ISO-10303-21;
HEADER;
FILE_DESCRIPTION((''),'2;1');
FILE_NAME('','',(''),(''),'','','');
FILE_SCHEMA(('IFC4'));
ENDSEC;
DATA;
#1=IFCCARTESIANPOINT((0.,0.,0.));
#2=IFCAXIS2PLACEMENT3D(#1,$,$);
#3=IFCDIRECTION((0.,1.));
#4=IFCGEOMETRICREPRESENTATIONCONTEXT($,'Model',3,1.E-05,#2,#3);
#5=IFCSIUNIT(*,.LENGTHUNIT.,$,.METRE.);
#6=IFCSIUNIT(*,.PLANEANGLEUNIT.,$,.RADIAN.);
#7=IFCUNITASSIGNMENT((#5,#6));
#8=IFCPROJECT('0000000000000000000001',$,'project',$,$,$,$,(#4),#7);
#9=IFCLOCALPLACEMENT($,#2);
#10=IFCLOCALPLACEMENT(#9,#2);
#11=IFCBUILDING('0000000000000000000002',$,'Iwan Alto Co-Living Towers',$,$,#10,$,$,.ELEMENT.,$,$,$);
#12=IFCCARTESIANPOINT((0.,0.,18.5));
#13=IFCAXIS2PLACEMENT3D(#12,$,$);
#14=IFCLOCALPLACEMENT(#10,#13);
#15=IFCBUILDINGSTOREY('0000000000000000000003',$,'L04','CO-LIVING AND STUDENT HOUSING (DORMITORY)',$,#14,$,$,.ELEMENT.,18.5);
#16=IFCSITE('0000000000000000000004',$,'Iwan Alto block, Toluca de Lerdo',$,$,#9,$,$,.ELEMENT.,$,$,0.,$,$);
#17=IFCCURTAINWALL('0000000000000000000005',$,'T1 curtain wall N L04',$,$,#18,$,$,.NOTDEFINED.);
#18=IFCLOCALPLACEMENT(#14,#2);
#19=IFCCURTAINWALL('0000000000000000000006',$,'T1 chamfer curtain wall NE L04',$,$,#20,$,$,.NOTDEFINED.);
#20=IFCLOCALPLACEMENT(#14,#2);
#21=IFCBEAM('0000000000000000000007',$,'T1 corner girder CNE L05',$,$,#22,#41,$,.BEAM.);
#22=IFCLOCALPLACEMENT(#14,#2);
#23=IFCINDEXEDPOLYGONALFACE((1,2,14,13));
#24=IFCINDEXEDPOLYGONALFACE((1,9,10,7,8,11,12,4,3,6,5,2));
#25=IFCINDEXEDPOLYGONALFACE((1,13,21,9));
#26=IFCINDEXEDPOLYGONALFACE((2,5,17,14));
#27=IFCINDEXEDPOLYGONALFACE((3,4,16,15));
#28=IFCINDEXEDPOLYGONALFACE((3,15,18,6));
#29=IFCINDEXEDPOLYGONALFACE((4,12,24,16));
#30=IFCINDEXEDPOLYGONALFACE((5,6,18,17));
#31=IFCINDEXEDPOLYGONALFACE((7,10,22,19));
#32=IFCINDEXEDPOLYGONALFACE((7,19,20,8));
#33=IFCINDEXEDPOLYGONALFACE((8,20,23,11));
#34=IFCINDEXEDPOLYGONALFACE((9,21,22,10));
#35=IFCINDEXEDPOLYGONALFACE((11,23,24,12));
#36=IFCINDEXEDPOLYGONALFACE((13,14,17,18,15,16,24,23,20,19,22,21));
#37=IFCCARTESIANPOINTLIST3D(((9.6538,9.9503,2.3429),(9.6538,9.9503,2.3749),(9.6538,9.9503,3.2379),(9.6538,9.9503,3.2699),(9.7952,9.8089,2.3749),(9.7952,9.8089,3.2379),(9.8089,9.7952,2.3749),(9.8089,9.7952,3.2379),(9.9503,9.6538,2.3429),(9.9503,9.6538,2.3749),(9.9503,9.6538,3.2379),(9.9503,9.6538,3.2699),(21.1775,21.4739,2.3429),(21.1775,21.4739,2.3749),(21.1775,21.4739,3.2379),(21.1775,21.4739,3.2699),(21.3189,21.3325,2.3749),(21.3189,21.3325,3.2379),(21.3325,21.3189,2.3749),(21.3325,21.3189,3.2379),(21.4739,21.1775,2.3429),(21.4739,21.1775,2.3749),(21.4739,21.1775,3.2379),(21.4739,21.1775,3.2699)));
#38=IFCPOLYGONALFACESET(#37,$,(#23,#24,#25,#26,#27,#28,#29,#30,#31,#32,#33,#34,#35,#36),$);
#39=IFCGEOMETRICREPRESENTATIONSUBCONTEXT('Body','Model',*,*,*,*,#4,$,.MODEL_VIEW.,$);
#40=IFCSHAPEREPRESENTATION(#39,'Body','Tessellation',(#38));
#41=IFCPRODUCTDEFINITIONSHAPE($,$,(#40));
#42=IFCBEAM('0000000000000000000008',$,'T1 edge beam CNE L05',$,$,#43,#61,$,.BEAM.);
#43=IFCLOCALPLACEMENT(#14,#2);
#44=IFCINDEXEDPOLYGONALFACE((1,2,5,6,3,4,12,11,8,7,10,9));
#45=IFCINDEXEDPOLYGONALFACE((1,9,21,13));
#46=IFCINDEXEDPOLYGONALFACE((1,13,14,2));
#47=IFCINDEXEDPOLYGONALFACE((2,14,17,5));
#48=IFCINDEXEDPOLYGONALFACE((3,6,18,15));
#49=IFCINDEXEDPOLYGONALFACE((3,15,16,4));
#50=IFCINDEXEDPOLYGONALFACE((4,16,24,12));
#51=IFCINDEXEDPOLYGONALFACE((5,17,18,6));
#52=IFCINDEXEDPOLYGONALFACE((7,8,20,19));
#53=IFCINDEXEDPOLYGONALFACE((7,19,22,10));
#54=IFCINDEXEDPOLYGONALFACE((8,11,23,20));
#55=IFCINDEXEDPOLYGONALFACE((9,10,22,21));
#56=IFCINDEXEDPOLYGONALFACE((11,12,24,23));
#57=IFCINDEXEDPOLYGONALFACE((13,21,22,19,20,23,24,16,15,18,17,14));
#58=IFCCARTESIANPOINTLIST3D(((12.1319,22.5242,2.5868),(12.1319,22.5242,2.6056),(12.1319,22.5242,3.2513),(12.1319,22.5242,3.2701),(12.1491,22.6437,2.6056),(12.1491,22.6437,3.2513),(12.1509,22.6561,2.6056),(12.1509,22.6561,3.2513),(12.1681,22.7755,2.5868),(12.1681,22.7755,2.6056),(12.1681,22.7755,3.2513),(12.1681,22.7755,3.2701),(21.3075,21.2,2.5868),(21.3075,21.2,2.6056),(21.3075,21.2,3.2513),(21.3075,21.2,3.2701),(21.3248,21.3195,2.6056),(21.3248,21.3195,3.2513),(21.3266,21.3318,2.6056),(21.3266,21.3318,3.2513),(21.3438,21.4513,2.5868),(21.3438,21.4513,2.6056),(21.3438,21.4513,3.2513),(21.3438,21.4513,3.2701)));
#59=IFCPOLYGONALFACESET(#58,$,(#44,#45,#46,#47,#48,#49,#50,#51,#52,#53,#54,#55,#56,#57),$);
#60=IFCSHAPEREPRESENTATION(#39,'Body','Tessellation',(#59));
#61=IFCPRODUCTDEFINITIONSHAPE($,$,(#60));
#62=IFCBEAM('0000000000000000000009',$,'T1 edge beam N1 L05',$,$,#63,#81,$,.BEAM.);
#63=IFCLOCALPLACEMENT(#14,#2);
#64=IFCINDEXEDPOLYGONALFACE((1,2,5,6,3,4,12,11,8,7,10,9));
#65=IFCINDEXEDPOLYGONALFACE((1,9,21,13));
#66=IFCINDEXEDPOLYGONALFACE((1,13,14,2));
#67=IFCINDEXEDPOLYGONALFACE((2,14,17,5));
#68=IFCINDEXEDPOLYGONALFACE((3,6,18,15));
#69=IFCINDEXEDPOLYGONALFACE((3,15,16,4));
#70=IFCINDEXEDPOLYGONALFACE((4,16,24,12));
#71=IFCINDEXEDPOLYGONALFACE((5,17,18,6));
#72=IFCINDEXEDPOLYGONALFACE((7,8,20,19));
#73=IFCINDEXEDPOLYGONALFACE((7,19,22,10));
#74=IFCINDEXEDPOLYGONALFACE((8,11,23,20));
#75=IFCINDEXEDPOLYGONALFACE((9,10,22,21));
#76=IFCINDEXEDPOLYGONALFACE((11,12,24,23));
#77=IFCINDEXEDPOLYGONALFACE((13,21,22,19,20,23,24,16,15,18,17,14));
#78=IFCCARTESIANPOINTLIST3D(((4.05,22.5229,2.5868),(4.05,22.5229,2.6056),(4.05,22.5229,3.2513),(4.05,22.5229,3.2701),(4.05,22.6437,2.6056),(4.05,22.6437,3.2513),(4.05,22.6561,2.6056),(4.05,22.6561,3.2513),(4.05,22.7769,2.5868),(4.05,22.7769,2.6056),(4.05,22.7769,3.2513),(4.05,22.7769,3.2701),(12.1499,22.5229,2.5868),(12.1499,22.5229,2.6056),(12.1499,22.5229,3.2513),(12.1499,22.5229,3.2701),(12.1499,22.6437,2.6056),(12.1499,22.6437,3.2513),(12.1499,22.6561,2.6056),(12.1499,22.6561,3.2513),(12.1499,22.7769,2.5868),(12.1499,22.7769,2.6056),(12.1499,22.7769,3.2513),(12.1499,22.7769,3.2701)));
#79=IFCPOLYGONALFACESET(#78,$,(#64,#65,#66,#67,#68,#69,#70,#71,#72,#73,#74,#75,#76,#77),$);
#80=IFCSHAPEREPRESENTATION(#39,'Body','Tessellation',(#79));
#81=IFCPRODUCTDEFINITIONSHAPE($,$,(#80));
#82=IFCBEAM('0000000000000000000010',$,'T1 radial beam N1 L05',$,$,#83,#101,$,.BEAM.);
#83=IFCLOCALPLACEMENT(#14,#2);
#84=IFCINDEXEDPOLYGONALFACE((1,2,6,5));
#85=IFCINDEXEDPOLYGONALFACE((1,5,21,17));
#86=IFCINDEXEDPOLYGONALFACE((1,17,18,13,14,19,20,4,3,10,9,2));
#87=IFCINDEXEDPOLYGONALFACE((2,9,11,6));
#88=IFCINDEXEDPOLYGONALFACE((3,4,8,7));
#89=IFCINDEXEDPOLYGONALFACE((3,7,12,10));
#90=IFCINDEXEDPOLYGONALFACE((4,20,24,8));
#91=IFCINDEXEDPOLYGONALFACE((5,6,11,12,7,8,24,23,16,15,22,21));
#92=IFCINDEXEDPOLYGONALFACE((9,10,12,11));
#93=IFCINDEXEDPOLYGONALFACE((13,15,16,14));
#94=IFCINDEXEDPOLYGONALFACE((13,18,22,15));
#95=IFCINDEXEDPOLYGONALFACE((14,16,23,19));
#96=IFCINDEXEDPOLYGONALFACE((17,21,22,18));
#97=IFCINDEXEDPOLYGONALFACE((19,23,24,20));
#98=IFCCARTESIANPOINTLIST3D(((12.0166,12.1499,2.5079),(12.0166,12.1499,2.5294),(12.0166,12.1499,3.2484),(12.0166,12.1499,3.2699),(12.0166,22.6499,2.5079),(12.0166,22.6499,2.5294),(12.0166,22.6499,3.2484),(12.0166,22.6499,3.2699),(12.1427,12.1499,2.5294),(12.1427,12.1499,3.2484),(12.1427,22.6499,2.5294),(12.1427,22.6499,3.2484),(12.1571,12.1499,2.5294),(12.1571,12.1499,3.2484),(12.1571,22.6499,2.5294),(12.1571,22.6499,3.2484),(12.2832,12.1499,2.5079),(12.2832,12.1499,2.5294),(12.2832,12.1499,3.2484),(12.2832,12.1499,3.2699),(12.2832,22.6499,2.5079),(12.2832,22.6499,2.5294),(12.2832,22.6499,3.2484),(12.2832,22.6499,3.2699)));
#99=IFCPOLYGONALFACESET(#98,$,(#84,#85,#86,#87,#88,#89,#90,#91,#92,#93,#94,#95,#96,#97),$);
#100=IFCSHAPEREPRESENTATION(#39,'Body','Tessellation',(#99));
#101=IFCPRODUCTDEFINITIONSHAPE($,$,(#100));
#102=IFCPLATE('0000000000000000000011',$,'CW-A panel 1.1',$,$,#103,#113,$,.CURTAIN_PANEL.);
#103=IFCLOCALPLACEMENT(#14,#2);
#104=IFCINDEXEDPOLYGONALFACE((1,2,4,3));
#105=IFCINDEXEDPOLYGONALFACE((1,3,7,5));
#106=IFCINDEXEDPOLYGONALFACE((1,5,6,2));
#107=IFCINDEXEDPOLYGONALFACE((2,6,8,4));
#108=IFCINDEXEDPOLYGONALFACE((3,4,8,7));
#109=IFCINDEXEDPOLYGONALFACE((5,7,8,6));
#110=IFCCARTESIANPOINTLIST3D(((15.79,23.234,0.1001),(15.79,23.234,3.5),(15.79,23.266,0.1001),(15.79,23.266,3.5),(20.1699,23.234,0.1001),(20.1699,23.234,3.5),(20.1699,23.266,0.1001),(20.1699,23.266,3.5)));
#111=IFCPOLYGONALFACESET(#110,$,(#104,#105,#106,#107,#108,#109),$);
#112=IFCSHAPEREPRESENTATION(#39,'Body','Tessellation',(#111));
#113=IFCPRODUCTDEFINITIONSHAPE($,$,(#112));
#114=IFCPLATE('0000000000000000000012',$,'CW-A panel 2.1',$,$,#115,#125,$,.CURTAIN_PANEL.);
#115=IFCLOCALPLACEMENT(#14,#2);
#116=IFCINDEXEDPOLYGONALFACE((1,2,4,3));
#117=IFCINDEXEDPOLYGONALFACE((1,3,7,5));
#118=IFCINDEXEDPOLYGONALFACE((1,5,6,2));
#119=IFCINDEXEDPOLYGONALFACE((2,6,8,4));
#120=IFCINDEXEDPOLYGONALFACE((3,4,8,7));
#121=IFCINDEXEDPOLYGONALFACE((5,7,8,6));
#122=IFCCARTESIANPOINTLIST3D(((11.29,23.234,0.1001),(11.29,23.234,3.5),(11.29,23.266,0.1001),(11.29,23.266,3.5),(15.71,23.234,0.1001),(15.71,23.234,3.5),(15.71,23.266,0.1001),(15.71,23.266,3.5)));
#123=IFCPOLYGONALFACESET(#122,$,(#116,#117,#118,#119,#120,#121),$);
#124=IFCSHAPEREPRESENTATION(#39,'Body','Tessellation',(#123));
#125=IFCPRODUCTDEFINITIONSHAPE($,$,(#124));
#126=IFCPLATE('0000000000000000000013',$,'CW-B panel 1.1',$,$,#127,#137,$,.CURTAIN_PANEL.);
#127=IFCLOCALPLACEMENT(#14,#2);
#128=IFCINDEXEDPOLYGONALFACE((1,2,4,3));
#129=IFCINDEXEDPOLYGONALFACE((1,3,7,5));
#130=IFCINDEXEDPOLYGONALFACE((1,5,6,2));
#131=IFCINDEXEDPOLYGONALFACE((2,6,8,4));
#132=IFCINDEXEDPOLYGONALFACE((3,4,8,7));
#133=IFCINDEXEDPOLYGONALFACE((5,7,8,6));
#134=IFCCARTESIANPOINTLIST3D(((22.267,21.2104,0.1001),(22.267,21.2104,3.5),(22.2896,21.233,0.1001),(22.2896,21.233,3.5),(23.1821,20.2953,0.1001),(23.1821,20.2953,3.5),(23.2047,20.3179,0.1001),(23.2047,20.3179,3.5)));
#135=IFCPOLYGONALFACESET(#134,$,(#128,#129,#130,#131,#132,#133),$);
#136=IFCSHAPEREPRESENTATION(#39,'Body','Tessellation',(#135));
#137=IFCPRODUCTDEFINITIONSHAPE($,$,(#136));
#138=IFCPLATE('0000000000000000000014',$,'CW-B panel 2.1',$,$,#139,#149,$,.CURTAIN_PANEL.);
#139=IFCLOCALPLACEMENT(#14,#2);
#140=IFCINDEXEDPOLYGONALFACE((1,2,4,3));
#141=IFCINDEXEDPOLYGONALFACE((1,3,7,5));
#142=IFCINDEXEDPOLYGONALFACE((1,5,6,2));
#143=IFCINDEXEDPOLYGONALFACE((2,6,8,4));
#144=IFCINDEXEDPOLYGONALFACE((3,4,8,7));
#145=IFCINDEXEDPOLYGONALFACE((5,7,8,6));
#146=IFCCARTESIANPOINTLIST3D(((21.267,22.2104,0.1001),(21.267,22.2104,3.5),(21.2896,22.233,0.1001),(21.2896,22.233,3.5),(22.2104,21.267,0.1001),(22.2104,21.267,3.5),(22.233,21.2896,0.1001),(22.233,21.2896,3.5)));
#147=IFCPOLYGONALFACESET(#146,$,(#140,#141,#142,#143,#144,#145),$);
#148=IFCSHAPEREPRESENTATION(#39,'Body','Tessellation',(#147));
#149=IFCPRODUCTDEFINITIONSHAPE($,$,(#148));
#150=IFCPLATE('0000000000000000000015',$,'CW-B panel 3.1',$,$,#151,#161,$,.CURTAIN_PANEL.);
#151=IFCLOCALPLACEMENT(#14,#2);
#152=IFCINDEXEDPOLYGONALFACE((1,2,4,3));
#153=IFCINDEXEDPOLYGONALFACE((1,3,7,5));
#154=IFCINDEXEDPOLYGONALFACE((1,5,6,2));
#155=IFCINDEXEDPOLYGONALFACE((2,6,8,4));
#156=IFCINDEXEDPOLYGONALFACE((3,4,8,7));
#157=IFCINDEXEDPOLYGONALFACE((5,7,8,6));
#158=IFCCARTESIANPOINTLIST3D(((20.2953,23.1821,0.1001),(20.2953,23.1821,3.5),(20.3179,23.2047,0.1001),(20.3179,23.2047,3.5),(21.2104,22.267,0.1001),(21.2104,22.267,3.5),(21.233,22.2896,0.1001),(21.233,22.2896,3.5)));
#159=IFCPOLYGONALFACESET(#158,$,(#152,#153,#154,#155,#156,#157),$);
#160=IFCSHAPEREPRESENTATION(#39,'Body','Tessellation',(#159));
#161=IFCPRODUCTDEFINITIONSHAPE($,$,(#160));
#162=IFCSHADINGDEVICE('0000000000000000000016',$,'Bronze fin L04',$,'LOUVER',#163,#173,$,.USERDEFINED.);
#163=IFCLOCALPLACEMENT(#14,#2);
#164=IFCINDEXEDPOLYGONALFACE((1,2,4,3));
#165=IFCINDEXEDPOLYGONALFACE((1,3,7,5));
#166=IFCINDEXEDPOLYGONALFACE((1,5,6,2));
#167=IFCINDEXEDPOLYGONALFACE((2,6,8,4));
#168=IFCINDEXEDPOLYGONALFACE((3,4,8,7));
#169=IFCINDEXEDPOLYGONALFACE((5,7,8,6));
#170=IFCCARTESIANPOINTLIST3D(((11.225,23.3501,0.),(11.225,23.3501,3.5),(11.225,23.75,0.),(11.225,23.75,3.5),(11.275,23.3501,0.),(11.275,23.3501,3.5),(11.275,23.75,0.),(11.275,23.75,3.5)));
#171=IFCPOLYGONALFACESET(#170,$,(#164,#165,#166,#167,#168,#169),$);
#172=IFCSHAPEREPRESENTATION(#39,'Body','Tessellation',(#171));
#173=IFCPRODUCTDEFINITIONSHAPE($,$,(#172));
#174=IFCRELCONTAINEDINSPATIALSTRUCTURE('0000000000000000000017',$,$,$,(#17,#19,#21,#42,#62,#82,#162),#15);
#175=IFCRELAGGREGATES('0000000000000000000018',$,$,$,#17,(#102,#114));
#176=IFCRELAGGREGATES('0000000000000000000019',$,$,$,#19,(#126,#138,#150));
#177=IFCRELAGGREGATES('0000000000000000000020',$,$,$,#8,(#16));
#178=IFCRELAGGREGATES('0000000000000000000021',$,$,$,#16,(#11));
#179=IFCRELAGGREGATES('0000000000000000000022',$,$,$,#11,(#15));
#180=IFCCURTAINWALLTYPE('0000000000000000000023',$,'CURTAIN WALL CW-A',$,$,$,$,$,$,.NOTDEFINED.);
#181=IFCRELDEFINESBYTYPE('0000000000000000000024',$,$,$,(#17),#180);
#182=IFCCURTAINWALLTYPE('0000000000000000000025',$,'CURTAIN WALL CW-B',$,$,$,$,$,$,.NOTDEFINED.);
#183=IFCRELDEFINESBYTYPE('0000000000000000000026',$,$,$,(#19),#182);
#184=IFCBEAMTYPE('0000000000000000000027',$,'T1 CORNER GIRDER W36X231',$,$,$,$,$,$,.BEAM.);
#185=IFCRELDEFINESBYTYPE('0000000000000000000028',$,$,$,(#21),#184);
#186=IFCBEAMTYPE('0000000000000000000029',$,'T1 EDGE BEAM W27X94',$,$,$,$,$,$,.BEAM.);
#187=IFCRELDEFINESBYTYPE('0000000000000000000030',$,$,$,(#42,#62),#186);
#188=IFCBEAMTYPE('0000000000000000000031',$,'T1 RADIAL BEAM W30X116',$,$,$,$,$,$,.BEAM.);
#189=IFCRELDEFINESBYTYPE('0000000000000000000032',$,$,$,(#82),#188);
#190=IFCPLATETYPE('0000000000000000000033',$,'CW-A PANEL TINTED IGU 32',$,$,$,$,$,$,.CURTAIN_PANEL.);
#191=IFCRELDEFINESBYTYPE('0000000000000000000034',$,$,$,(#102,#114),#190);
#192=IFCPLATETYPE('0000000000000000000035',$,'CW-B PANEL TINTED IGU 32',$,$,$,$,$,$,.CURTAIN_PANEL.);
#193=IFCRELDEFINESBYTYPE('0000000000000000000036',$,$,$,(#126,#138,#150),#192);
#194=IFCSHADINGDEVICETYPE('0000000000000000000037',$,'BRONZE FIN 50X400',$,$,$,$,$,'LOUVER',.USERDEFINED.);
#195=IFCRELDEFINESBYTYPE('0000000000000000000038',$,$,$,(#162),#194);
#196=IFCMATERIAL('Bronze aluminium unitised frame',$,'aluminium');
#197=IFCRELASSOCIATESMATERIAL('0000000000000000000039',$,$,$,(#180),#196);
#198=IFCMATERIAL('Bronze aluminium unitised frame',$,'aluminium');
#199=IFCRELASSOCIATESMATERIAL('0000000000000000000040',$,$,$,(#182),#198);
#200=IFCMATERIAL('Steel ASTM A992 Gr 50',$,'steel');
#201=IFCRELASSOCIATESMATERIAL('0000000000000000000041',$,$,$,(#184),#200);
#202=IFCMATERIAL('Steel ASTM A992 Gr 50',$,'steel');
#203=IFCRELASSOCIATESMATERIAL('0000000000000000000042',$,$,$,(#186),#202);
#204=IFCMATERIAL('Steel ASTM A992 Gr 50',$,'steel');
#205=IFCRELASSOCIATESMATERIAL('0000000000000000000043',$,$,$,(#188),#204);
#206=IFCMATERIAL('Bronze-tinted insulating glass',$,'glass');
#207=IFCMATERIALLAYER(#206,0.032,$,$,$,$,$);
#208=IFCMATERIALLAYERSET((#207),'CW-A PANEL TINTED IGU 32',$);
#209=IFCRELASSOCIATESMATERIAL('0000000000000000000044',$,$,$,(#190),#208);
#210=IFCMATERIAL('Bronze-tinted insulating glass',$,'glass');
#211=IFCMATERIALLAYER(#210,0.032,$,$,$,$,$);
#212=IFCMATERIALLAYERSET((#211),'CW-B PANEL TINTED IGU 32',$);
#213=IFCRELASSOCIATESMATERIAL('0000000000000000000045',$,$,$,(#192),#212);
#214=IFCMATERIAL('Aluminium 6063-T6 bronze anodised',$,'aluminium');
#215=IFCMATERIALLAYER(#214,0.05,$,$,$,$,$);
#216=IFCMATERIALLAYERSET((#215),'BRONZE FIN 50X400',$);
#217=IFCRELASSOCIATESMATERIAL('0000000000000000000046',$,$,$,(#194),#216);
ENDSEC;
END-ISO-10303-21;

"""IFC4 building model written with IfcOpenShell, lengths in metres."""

from ifc_helpers import new_model, si_unit, direction, frame, origin, origin_2d, place, context, subcontext, project, spatial, rectangle, i_section, extrude, material, layer, layer_set, material_profile, profile_set, type_object, element, aggregate, save


model = new_model("IFC4")

# Units and contexts
model_context = context("Model", 3, precision=1e-05, world=origin(), true_north=direction((0.0, 1.0)))
body_context = subcontext(model_context, "Body", "Model", "MODEL_VIEW")
ifc_project = project(units=[si_unit("LENGTHUNIT", "METRE"), si_unit("PLANEANGLEUNIT", "RADIAN")], contexts=[model_context])

# Site, building, storey
site_placement = place(None, origin())
site = spatial("IfcSite", under=ifc_project, at=site_placement, Name="Iwan Alto block, Toluca de Lerdo", CompositionType="ELEMENT", RefElevation=0.0)
building_placement = place(site_placement, origin())
building = spatial("IfcBuilding", under=site, at=building_placement, Name="Iwan Alto Co-Living Towers", CompositionType="ELEMENT")
storey_placement = place(building_placement, frame((0.0, 0.0, 18.5)))
storey = spatial("IfcBuildingStorey", under=building, at=storey_placement, Name="L04", Description="CO-LIVING AND STUDENT HOUSING (DORMITORY)", CompositionType="ELEMENT", Elevation=18.5)

# Curtain walls
ifc_material_1 = material(Name="Bronze aluminium unitised frame", Category="aluminium")
curtain_wall_type_1 = type_object("IfcCurtainWallType", Name="CURTAIN WALL CW-A", PredefinedType="NOTDEFINED", material=ifc_material_1)
curtain_wall_1_placement = place(storey_placement, origin())
curtain_wall_1 = element("IfcCurtainWall", 1, at=curtain_wall_1_placement, inside=storey, type_object=curtain_wall_type_1, Name="T1 curtain wall N L04", PredefinedType="NOTDEFINED")
ifc_material_2 = material(Name="Bronze aluminium unitised frame", Category="aluminium")
curtain_wall_type_2 = type_object("IfcCurtainWallType", Name="CURTAIN WALL CW-B", PredefinedType="NOTDEFINED", material=ifc_material_2)
curtain_wall_2_placement = place(storey_placement, origin())
curtain_wall_2 = element("IfcCurtainWall", 2, at=curtain_wall_2_placement, inside=storey, type_object=curtain_wall_type_2, Name="T1 chamfer curtain wall NE L04", PredefinedType="NOTDEFINED")

# Beams
ifc_material_3 = material(Name="Steel ASTM A992 Gr 50", Category="steel")
ifc_material_profile_1 = material_profile(ifc_material_3, i_section(OverallWidth=0.4192, OverallDepth=0.927, WebThickness=0.0193, FlangeThickness=0.032, at=origin_2d()), Name="W36X231")
ifc_profile_set_1 = profile_set([ifc_material_profile_1], Name="Steel ASTM A992 Gr 50")
beam_type_1 = type_object("IfcBeamType", Name="T1 CORNER GIRDER W36X231", PredefinedType="BEAM", material=ifc_profile_set_1)
beam_1_placement = place(storey_placement, frame((21.3257, 21.3257, 2.8064), z_axis=(-0.707107, -0.707107, 0.0), x_axis=(0.707107, -0.707107, 0.0)))
element("IfcBeam", 3, at=beam_1_placement, inside=storey, type_object=beam_type_1, Name="T1 corner girder CNE L05", PredefinedType="BEAM", context=body_context, shape_type="SweptSolid", body=[
    extrude(i_section(OverallWidth=0.4192, OverallDepth=0.927, WebThickness=0.0193, FlangeThickness=0.032, at=origin_2d()), origin(), (0.0, 0.0, 1.0), 16.2969),
])
ifc_material_4 = material(Name="Steel ASTM A992 Gr 50", Category="steel")
ifc_material_profile_2 = material_profile(ifc_material_4, i_section(OverallWidth=0.2539, OverallDepth=0.6833, WebThickness=0.0125, FlangeThickness=0.0188, at=origin_2d()), Name="W27X94")
ifc_profile_set_2 = profile_set([ifc_material_profile_2], Name="Steel ASTM A992 Gr 50")
beam_type_2 = type_object("IfcBeamType", Name="T1 EDGE BEAM W27X94", PredefinedType="BEAM", material=ifc_profile_set_2)
beam_2_placement = place(storey_placement, frame((21.3257, 21.3257, 2.9285), z_axis=(-0.989746, 0.142837, 0.0), x_axis=(-0.142837, -0.989746, 0.0)))
element("IfcBeam", 4, at=beam_2_placement, inside=storey, type_object=beam_type_2, Name="T1 edge beam CNE L05", PredefinedType="BEAM", context=body_context, shape_type="SweptSolid", body=[
    extrude(i_section(OverallWidth=0.2539, OverallDepth=0.6833, WebThickness=0.0125, FlangeThickness=0.0188, at=origin_2d()), origin(), (0.0, 0.0, 1.0), 9.2708),
])
beam_3_placement = place(storey_placement, frame((12.1499, 22.6499, 2.9285), z_axis=(-1.0, 0.0, 0.0), x_axis=(0.0, -1.0, 0.0)))
element("IfcBeam", 5, at=beam_3_placement, inside=storey, type_object=beam_type_2, Name="T1 edge beam N1 L05", PredefinedType="BEAM", context=body_context, shape_type="SweptSolid", body=[
    extrude(i_section(OverallWidth=0.2539, OverallDepth=0.6833, WebThickness=0.0125, FlangeThickness=0.0188, at=origin_2d()), origin(), (0.0, 0.0, 1.0), 8.0999),
])
ifc_material_5 = material(Name="Steel ASTM A992 Gr 50", Category="steel")
ifc_material_profile_3 = material_profile(ifc_material_5, i_section(OverallWidth=0.2666, OverallDepth=0.762, WebThickness=0.0144, FlangeThickness=0.0215, at=origin_2d()), Name="W30X116")
ifc_profile_set_3 = profile_set([ifc_material_profile_3], Name="Steel ASTM A992 Gr 50")
beam_type_3 = type_object("IfcBeamType", Name="T1 RADIAL BEAM W30X116", PredefinedType="BEAM", material=ifc_profile_set_3)
beam_4_placement = place(storey_placement, frame((12.1499, 22.6499, 2.8889), z_axis=(0.0, -1.0, 0.0), x_axis=(1.0, 0.0, 0.0)))
element("IfcBeam", 6, at=beam_4_placement, inside=storey, type_object=beam_type_3, Name="T1 radial beam N1 L05", PredefinedType="BEAM", context=body_context, shape_type="SweptSolid", body=[
    extrude(i_section(OverallWidth=0.2666, OverallDepth=0.762, WebThickness=0.0144, FlangeThickness=0.0215, at=origin_2d()), origin(), (0.0, 0.0, 1.0), 10.5),
])

# Plates
ifc_material_6 = material(Name="Bronze-tinted insulating glass", Category="glass")
ifc_layer_1 = layer(ifc_material_6, 0.032)
ifc_layer_set_1 = layer_set([ifc_layer_1], Name="CW-A PANEL TINTED IGU 32")
plate_type_1 = type_object("IfcPlateType", Name="CW-A PANEL TINTED IGU 32", PredefinedType="CURTAIN_PANEL", material=ifc_layer_set_1)
plate_1_placement = place(storey_placement, frame((17.98, 23.25, 0.1001), z_axis=(0.0, 0.0, 1.0), x_axis=(-1.0, 0.0, 0.0)))
plate_1 = element("IfcPlate", 7, at=plate_1_placement, type_object=plate_type_1, Name="CW-A panel 1.1", PredefinedType="CURTAIN_PANEL", context=body_context, shape_type="SweptSolid", body=[
    extrude(rectangle(XDim=4.3799, YDim=0.032, at=origin_2d()), origin(), (0.0, 0.0, 1.0), 3.3999),
])
plate_2_placement = place(storey_placement, frame((13.5, 23.25, 0.1001), z_axis=(0.0, 0.0, 1.0), x_axis=(-1.0, 0.0, 0.0)))
plate_2 = element("IfcPlate", 8, at=plate_2_placement, type_object=plate_type_1, Name="CW-A panel 2.1", PredefinedType="CURTAIN_PANEL", context=body_context, shape_type="SweptSolid", body=[
    extrude(rectangle(XDim=4.4199, YDim=0.032, at=origin_2d()), origin(), (0.0, 0.0, 1.0), 3.3999),
])
aggregate(curtain_wall_1, [plate_1, plate_2])
ifc_material_7 = material(Name="Bronze-tinted insulating glass", Category="glass")
ifc_layer_2 = layer(ifc_material_7, 0.032)
ifc_layer_set_2 = layer_set([ifc_layer_2], Name="CW-B PANEL TINTED IGU 32")
plate_type_2 = type_object("IfcPlateType", Name="CW-B PANEL TINTED IGU 32", PredefinedType="CURTAIN_PANEL", material=ifc_layer_set_2)
plate_3_placement = place(storey_placement, frame((22.7358, 20.7642, 0.1001), z_axis=(0.0, 0.0, 1.0), x_axis=(-0.707107, 0.707107, 0.0)))
plate_3 = element("IfcPlate", 9, at=plate_3_placement, type_object=plate_type_2, Name="CW-B panel 1.1", PredefinedType="CURTAIN_PANEL", context=body_context, shape_type="SweptSolid", body=[
    extrude(rectangle(XDim=1.2942, YDim=0.032, at=origin_2d()), origin(), (0.0, 0.0, 1.0), 3.3999),
])
plate_4_placement = place(storey_placement, frame((21.75, 21.75, 0.1001), z_axis=(0.0, 0.0, 1.0), x_axis=(-0.707107, 0.707107, 0.0)))
plate_4 = element("IfcPlate", 10, at=plate_4_placement, type_object=plate_type_2, Name="CW-B panel 2.1", PredefinedType="CURTAIN_PANEL", context=body_context, shape_type="SweptSolid", body=[
    extrude(rectangle(XDim=1.3342, YDim=0.032, at=origin_2d()), origin(), (0.0, 0.0, 1.0), 3.3999),
])
plate_5_placement = place(storey_placement, frame((20.7642, 22.7358, 0.1001), z_axis=(0.0, 0.0, 1.0), x_axis=(-0.707107, 0.707107, 0.0)))
plate_5 = element("IfcPlate", 11, at=plate_5_placement, type_object=plate_type_2, Name="CW-B panel 3.1", PredefinedType="CURTAIN_PANEL", context=body_context, shape_type="SweptSolid", body=[
    extrude(rectangle(XDim=1.2942, YDim=0.032, at=origin_2d()), origin(), (0.0, 0.0, 1.0), 3.3999),
])
aggregate(curtain_wall_2, [plate_3, plate_4, plate_5])

# Shading device
ifc_material_8 = material(Name="Aluminium 6063-T6 bronze anodised", Category="aluminium")
ifc_layer_3 = layer(ifc_material_8, 0.05)
ifc_layer_set_3 = layer_set([ifc_layer_3], Name="BRONZE FIN 50X400")
shading_device_type = type_object("IfcShadingDeviceType", Name="BRONZE FIN 50X400", ElementType="LOUVER", PredefinedType="USERDEFINED", material=ifc_layer_set_3)
shading_device_placement = place(storey_placement, frame((11.25, 23.55, 0.0), z_axis=(0.0, 0.0, 1.0), x_axis=(-1.0, 0.0, 0.0)))
element("IfcShadingDevice", 12, at=shading_device_placement, inside=storey, type_object=shading_device_type, Name="Bronze fin L04", ObjectType="LOUVER", PredefinedType="USERDEFINED", context=body_context, shape_type="SweptSolid", body=[
    extrude(rectangle(XDim=0.05, YDim=0.3999, at=origin_2d()), origin(), (0.0, 0.0, 1.0), 3.5),
])

save(model, "model.ifc")
